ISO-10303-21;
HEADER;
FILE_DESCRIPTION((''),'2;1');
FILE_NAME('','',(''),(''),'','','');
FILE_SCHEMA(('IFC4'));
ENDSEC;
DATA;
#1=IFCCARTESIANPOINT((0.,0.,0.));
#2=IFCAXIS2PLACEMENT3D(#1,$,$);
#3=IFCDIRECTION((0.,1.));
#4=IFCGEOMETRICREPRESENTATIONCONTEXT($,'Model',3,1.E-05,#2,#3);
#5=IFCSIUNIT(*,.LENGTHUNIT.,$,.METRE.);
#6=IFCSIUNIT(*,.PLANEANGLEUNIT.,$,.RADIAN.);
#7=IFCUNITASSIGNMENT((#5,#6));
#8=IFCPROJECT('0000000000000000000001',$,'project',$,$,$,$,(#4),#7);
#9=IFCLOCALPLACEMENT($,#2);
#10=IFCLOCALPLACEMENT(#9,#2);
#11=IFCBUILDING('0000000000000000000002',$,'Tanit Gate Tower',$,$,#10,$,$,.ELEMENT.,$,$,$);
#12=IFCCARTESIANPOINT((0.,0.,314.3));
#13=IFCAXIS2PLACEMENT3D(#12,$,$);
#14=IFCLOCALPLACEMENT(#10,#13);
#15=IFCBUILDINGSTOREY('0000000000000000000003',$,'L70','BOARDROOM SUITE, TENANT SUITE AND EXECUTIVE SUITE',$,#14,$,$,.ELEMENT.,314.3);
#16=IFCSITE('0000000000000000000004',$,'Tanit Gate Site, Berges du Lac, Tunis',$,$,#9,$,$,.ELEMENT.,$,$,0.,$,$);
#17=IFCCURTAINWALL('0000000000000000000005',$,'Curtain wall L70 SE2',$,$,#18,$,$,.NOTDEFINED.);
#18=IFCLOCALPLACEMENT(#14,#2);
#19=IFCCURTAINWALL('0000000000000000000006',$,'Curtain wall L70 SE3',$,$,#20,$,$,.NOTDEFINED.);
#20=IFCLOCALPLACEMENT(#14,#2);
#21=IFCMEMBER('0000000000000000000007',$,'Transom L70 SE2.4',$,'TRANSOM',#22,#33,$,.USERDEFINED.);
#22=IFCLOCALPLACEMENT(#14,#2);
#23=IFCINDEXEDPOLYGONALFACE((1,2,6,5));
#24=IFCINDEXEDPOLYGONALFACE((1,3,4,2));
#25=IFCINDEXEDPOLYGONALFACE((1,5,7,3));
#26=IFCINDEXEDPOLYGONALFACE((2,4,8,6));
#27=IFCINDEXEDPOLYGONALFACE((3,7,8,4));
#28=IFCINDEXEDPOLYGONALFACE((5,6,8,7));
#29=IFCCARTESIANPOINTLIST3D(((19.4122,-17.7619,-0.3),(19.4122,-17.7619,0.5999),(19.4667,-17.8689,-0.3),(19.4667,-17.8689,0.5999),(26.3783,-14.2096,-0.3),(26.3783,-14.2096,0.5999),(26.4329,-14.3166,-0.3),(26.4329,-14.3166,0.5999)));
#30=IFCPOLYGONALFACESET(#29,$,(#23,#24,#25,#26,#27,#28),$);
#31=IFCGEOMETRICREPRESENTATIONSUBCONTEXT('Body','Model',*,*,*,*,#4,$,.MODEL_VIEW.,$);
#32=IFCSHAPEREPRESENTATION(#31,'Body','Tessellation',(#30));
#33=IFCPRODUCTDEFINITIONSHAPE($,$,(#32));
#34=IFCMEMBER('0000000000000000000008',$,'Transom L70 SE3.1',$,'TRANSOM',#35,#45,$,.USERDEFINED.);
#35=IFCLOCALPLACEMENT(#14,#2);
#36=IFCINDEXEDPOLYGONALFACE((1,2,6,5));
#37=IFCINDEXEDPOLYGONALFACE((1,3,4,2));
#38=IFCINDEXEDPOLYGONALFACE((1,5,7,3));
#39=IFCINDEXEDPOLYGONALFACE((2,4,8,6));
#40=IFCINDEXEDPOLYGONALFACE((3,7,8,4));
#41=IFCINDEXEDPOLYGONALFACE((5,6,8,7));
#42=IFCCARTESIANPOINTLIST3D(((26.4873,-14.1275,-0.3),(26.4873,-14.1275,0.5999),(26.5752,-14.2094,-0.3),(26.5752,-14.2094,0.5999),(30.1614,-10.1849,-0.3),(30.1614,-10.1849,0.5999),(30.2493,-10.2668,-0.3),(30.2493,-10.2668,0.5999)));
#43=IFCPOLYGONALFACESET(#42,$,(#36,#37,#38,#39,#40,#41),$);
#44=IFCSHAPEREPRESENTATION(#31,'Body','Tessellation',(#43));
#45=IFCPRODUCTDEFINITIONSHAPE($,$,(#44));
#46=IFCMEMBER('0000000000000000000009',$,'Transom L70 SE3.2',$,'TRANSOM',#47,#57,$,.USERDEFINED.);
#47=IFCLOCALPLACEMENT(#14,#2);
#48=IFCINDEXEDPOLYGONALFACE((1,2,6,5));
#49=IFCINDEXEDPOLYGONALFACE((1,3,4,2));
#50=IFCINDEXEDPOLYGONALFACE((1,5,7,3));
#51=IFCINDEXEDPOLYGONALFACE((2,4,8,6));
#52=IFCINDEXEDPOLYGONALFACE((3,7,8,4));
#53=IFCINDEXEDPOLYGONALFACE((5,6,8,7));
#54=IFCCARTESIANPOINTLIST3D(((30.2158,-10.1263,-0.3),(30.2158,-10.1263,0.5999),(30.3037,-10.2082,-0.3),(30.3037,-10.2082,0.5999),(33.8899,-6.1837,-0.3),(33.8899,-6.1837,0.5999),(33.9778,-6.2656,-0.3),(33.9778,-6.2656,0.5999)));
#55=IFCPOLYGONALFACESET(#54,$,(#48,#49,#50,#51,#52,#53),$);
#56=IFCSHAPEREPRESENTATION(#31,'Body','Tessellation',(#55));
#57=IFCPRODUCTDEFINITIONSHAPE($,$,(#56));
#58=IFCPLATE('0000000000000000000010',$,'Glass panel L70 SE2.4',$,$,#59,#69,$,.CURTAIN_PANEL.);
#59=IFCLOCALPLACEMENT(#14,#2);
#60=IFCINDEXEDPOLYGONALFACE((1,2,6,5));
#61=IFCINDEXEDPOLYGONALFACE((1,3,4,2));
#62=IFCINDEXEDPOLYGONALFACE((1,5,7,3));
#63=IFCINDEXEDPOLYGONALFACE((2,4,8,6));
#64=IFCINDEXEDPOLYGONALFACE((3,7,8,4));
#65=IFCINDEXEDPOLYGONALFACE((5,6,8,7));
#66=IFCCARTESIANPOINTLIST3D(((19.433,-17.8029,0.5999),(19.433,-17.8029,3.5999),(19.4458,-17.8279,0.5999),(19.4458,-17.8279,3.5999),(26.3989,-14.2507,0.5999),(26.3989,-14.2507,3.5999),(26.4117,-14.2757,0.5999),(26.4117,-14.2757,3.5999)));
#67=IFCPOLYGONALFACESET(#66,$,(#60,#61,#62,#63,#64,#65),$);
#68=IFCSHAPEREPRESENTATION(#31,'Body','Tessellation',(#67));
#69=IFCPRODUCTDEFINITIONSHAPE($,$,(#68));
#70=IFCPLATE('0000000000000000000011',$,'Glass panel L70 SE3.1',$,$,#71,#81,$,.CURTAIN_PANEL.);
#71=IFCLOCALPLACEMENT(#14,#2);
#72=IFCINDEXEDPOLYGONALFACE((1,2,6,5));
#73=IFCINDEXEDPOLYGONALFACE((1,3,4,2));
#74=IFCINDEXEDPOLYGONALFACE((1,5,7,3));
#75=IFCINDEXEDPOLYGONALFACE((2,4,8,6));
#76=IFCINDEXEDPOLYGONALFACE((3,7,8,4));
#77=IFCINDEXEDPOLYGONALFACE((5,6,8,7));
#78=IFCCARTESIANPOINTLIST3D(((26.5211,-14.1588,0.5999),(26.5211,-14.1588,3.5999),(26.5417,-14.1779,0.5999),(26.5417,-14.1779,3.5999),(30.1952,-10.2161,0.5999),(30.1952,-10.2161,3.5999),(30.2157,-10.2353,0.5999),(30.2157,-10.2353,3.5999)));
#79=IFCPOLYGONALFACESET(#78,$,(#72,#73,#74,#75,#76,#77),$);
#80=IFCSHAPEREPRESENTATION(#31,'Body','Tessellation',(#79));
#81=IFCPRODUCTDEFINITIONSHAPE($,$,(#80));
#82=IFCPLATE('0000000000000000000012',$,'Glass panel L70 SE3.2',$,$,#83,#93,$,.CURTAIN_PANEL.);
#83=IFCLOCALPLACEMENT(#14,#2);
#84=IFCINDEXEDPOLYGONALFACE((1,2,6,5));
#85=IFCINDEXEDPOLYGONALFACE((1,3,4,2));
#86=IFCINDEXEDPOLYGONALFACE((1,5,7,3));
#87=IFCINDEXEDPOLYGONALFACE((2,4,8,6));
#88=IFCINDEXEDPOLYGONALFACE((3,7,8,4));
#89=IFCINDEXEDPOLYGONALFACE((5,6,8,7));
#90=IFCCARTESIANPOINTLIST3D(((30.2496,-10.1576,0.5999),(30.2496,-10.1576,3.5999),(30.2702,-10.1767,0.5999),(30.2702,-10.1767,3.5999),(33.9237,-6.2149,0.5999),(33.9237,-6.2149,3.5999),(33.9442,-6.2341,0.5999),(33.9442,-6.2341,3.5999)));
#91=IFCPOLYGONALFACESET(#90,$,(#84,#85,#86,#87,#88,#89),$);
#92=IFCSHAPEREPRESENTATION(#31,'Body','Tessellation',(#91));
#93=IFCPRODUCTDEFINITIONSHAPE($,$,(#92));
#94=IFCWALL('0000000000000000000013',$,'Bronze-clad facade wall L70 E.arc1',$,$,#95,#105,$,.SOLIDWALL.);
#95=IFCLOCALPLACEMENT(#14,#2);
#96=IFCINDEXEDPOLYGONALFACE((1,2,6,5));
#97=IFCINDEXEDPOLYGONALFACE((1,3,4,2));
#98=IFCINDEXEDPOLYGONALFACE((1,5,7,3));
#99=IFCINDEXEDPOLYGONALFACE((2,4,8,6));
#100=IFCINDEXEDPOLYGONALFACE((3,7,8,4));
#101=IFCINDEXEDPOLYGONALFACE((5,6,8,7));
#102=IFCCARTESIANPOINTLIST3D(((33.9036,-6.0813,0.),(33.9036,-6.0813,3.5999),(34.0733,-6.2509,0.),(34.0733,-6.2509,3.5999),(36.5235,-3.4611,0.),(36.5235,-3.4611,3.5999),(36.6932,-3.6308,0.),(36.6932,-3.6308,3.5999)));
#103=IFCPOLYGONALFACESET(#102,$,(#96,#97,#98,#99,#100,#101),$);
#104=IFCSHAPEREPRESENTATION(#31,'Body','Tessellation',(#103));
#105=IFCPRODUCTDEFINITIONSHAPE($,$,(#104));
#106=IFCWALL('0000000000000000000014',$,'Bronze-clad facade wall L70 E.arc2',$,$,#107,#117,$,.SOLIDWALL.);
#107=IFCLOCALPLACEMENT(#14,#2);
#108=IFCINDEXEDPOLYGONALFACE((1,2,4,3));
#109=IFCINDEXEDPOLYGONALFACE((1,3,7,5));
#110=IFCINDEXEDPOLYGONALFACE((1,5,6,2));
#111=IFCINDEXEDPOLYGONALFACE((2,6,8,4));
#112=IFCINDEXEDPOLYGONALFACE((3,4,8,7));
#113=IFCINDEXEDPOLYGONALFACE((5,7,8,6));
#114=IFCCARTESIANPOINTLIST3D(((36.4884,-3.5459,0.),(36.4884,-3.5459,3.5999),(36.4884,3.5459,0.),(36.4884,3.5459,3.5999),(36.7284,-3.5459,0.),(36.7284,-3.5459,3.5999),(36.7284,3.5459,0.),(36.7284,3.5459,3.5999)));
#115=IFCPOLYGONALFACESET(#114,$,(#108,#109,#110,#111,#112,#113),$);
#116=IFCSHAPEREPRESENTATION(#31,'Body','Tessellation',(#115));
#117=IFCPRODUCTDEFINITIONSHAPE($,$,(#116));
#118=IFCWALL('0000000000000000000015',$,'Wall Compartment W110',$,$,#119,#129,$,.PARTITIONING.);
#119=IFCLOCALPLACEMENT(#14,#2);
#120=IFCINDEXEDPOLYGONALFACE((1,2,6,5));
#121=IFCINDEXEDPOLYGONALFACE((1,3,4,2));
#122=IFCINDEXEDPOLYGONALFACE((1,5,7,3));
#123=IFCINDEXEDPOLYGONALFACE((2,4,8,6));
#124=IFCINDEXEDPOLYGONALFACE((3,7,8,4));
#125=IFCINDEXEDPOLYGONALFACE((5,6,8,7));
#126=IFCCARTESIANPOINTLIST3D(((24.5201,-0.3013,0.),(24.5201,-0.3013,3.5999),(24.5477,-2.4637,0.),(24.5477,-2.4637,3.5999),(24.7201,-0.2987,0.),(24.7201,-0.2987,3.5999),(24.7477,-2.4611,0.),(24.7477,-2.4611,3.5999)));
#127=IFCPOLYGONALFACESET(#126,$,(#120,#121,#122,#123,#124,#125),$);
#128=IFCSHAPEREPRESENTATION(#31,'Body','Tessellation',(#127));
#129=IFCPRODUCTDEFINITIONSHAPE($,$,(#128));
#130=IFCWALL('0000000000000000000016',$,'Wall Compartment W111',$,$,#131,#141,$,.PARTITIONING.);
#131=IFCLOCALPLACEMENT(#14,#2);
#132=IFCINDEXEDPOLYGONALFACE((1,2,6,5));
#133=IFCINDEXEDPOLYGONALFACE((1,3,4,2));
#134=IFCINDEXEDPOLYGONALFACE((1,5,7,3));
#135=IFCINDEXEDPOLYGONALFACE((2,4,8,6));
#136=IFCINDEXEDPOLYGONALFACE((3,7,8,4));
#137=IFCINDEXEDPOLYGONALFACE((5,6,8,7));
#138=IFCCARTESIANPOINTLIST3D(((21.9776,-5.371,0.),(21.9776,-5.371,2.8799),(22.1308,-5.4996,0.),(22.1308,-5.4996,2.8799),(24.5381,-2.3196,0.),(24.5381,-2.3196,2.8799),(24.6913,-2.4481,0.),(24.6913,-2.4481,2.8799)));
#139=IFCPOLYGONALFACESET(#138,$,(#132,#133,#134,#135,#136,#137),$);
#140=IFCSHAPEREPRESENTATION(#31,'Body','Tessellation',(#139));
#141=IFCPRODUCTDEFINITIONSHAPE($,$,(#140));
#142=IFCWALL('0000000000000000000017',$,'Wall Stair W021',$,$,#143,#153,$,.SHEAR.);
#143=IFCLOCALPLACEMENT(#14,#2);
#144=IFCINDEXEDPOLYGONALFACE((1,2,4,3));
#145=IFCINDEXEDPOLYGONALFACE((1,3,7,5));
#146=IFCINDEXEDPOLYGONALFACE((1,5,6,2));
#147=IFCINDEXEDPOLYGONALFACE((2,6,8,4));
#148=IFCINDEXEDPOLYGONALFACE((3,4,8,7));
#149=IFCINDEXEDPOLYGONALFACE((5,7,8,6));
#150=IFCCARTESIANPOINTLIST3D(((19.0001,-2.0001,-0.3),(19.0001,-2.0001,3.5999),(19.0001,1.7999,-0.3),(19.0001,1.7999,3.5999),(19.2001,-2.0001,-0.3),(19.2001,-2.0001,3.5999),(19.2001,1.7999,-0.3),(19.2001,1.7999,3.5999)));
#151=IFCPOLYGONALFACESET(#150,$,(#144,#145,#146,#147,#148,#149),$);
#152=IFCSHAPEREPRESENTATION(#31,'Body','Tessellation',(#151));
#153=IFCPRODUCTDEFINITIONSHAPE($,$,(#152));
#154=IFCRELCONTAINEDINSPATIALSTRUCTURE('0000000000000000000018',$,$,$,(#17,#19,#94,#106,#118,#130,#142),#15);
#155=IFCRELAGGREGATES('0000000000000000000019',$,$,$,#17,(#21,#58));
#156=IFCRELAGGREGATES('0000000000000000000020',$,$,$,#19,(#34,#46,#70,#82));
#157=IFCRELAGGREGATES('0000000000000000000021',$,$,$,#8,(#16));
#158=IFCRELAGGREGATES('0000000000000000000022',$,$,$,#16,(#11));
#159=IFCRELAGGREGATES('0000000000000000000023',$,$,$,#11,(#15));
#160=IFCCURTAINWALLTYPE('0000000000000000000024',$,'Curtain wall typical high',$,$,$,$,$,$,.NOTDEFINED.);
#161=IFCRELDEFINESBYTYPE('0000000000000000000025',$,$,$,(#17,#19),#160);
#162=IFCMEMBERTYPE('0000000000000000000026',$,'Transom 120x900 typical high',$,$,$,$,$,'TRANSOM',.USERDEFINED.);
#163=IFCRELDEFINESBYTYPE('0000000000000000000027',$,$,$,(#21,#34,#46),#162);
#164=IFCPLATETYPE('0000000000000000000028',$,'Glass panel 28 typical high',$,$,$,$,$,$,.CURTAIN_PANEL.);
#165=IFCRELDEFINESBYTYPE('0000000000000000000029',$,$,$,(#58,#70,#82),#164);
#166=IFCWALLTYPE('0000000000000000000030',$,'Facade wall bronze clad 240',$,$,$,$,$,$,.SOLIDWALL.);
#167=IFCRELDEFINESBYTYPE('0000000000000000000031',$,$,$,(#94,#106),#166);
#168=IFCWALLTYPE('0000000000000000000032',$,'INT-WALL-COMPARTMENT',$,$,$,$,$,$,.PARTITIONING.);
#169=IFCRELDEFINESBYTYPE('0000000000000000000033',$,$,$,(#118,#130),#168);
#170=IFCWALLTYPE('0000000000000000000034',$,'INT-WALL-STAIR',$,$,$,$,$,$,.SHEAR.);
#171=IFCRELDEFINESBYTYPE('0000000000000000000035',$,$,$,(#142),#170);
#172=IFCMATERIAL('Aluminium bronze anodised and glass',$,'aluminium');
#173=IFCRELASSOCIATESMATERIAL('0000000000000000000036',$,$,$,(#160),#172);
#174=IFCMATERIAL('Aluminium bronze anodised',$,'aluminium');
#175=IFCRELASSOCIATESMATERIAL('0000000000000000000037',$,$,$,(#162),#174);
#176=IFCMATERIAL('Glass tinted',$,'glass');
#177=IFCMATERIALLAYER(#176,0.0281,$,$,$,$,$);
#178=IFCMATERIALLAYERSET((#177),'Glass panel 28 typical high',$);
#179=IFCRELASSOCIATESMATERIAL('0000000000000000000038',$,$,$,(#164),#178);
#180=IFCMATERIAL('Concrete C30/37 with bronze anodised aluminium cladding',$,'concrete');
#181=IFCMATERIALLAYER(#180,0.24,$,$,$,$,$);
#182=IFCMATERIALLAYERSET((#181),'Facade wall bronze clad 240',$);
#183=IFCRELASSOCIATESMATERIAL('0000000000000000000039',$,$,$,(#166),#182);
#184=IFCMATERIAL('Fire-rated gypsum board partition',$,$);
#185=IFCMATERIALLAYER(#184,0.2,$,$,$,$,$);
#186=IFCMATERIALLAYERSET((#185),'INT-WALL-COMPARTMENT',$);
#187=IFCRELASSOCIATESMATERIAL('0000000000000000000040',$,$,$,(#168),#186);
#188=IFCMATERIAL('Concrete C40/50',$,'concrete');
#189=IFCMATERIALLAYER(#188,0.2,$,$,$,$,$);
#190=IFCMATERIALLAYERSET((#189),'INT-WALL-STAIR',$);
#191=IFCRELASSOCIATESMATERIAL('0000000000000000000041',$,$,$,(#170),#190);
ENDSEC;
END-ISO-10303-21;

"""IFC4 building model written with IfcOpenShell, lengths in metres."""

from ifc_helpers import new_model, si_unit, direction, frame, frame_2d, origin, origin_2d, place, context, subcontext, project, spatial, rectangle, extrude, material, layer, layer_set, material_profile, profile_set, type_object, element, aggregate, save


model = new_model("IFC4")

# Units and contexts
model_context = context("Model", 3, precision=1e-05, world=origin(), true_north=direction((0.0, 1.0)))
body_context = subcontext(model_context, "Body", "Model", "MODEL_VIEW")
ifc_project = project(units=[si_unit("LENGTHUNIT", "METRE"), si_unit("PLANEANGLEUNIT", "RADIAN")], contexts=[model_context])

# Site, building, storey
site_placement = place(None, origin())
site = spatial("IfcSite", under=ifc_project, at=site_placement, Name="Tanit Gate Site, Berges du Lac, Tunis", CompositionType="ELEMENT", RefElevation=0.0)
building_placement = place(site_placement, origin())
building = spatial("IfcBuilding", under=site, at=building_placement, Name="Tanit Gate Tower", CompositionType="ELEMENT")
storey_placement = place(building_placement, frame((0.0, 0.0, 314.3)))
storey = spatial("IfcBuildingStorey", under=building, at=storey_placement, Name="L70", Description="BOARDROOM SUITE, TENANT SUITE AND EXECUTIVE SUITE", CompositionType="ELEMENT", Elevation=314.3)

# Curtain wall
ifc_material_1 = material(Name="Aluminium bronze anodised and glass", Category="aluminium")
curtain_wall_type = type_object("IfcCurtainWallType", Name="Curtain wall typical high", PredefinedType="NOTDEFINED", material=ifc_material_1)
curtain_wall_1_placement = place(storey_placement, origin())
curtain_wall_1 = element("IfcCurtainWall", 1, at=curtain_wall_1_placement, inside=storey, type_object=curtain_wall_type, Name="Curtain wall L70 SE2", PredefinedType="NOTDEFINED")

# Curtain wall
curtain_wall_2_placement = place(storey_placement, origin())
curtain_wall_2 = element("IfcCurtainWall", 2, at=curtain_wall_2_placement, inside=storey, type_object=curtain_wall_type, Name="Curtain wall L70 SE3", PredefinedType="NOTDEFINED")

# Members
ifc_material_2 = material(Name="Aluminium bronze anodised", Category="aluminium")
ifc_material_profile_1 = material_profile(ifc_material_2, rectangle(XDim=0.1201, YDim=0.8999, at=origin_2d()), Name="120x900 bronze transom")
ifc_profile_set_1 = profile_set([ifc_material_profile_1], Name="Aluminium bronze anodised")
member_type_1 = type_object("IfcMemberType", Name="Transom 120x900 typical high", ElementType="TRANSOM", PredefinedType="USERDEFINED", material=ifc_profile_set_1)
member_1_placement = place(storey_placement, frame((19.4395, -17.8154, 0.1499), z_axis=(0.890859, 0.454281, 0.0), x_axis=(-0.454281, 0.890859, 0.0)))
member_1 = element("IfcMember", 3, at=member_1_placement, type_object=member_type_1, Name="Transom L70 SE2.4", ObjectType="TRANSOM", PredefinedType="USERDEFINED", context=body_context, shape_type="SweptSolid", body=[
    extrude(rectangle(XDim=0.1201, YDim=0.8999, at=origin_2d()), origin(), (0.0, 0.0, 1.0), 7.8196),
])
member_2_placement = place(storey_placement, frame((26.5312, -14.1685, 0.1499), z_axis=(0.681752, 0.731584, 0.0), x_axis=(-0.731584, 0.681752, 0.0)))
member_2 = element("IfcMember", 4, at=member_2_placement, type_object=member_type_1, Name="Transom L70 SE3.1", ObjectType="TRANSOM", PredefinedType="USERDEFINED", context=body_context, shape_type="SweptSolid", body=[
    extrude(rectangle(XDim=0.1201, YDim=0.8999, at=origin_2d()), origin(), (0.0, 0.0, 1.0), 5.3892),
])
member_3_placement = place(storey_placement, frame((30.2598, -10.1672, 0.1499), z_axis=(0.681752, 0.731584, 0.0), x_axis=(-0.731584, 0.681752, 0.0)))
member_3 = element("IfcMember", 5, at=member_3_placement, type_object=member_type_1, Name="Transom L70 SE3.2", ObjectType="TRANSOM", PredefinedType="USERDEFINED", context=body_context, shape_type="SweptSolid", body=[
    extrude(rectangle(XDim=0.1201, YDim=0.8999, at=origin_2d()), origin(), (0.0, 0.0, 1.0), 5.3892),
])

# Plates
ifc_material_3 = material(Name="Glass tinted", Category="glass")
ifc_layer_1 = layer(ifc_material_3, 0.0281)
ifc_layer_set_1 = layer_set([ifc_layer_1], Name="Glass panel 28 typical high")
plate_type = type_object("IfcPlateType", Name="Glass panel 28 typical high", PredefinedType="CURTAIN_PANEL", material=ifc_layer_set_1)
plate_1_placement = place(storey_placement, frame((22.9224, -16.0393, 0.5999), z_axis=(0.0, 0.0, 1.0), x_axis=(0.890855, 0.454288, 0.0)))
plate_1 = element("IfcPlate", 6, at=plate_1_placement, type_object=plate_type, Name="Glass panel L70 SE2.4", PredefinedType="CURTAIN_PANEL", context=body_context, shape_type="SweptSolid", body=[
    extrude(rectangle(XDim=7.8193, YDim=0.0281, at=origin_2d()), origin(), (0.0, 0.0, 1.0), 3.0),
])
aggregate(curtain_wall_1, [member_1, plate_1])
plate_2_placement = place(storey_placement, frame((28.3684, -12.197, 0.5999), z_axis=(0.0, 0.0, 1.0), x_axis=(0.681748, 0.731587, 0.0)))
plate_2 = element("IfcPlate", 7, at=plate_2_placement, type_object=plate_type, Name="Glass panel L70 SE3.1", PredefinedType="CURTAIN_PANEL", context=body_context, shape_type="SweptSolid", body=[
    extrude(rectangle(XDim=5.3892, YDim=0.0281, at=origin_2d()), origin(), (0.0, 0.0, 1.0), 3.0),
])
plate_3_placement = place(storey_placement, frame((32.0969, -8.1958, 0.5999), z_axis=(0.0, 0.0, 1.0), x_axis=(0.681748, 0.731587, 0.0)))
plate_3 = element("IfcPlate", 8, at=plate_3_placement, type_object=plate_type, Name="Glass panel L70 SE3.2", PredefinedType="CURTAIN_PANEL", context=body_context, shape_type="SweptSolid", body=[
    extrude(rectangle(XDim=5.3892, YDim=0.0281, at=origin_2d()), origin(), (0.0, 0.0, 1.0), 3.0),
])
aggregate(curtain_wall_2, [member_2, member_3, plate_2, plate_3])

# Walls
ifc_material_4 = material(Name="Concrete C30/37 with bronze anodised aluminium cladding", Category="concrete")
ifc_layer_2 = layer(ifc_material_4, 0.24)
ifc_layer_set_2 = layer_set([ifc_layer_2], Name="Facade wall bronze clad 240")
wall_type_1 = type_object("IfcWallType", Name="Facade wall bronze clad 240", PredefinedType="SOLIDWALL", material=ifc_layer_set_2)
wall_1_placement = place(storey_placement, frame((33.9885, -6.166, 0.0), z_axis=(0.0, 0.0, 1.0), x_axis=(0.707074, 0.70714, 0.0)))
element("IfcWall", 9, at=wall_1_placement, inside=storey, type_object=wall_type_1, Name="Bronze-clad facade wall L70 E.arc1", PredefinedType="SOLIDWALL", context=body_context, shape_type="SweptSolid", body=[
    extrude(rectangle(XDim=3.7053, YDim=0.24, at=frame_2d((1.8525, 0.0))), origin(), (0.0, 0.0, 1.0), 3.5999),
])
wall_2_placement = place(storey_placement, frame((36.6084, -3.5459, 0.0), z_axis=(0.0, 0.0, 1.0), x_axis=(0.0, 1.0, 0.0)))
element("IfcWall", 10, at=wall_2_placement, inside=storey, type_object=wall_type_1, Name="Bronze-clad facade wall L70 E.arc2", PredefinedType="SOLIDWALL", context=body_context, shape_type="SweptSolid", body=[
    extrude(rectangle(XDim=7.0918, YDim=0.24, at=frame_2d((3.5459, 0.0))), origin(), (0.0, 0.0, 1.0), 3.5999),
])
ifc_material_5 = material(Name="Fire-rated gypsum board partition")
ifc_layer_3 = layer(ifc_material_5, 0.2)
ifc_layer_set_3 = layer_set([ifc_layer_3], Name="INT-WALL-COMPARTMENT")
wall_type_2 = type_object("IfcWallType", Name="INT-WALL-COMPARTMENT", PredefinedType="PARTITIONING", material=ifc_layer_set_3)
wall_3_placement = place(storey_placement, frame((24.6477, -2.4624, 0.0), z_axis=(0.0, 0.0, 1.0), x_axis=(-0.012757, 0.999919, 0.0)))
element("IfcWall", 11, at=wall_3_placement, inside=storey, type_object=wall_type_2, Name="Wall Compartment W110", PredefinedType="PARTITIONING", context=body_context, shape_type="SweptSolid", body=[
    extrude(rectangle(XDim=2.1626, YDim=0.2, at=frame_2d((1.0813, 0.0))), origin(), (0.0, 0.0, 1.0), 3.5999),
])
wall_4_placement = place(storey_placement, frame((22.0542, -5.4353, 0.0), z_axis=(0.0, 0.0, 1.0), x_axis=(0.642791, 0.766042, 0.0)))
element("IfcWall", 12, at=wall_4_placement, inside=storey, type_object=wall_type_2, Name="Wall Compartment W111", PredefinedType="PARTITIONING", context=body_context, shape_type="SweptSolid", body=[
    extrude(rectangle(XDim=3.9834, YDim=0.2, at=frame_2d((1.9917, 0.0))), origin(), (0.0, 0.0, 1.0), 2.8799),
])
ifc_material_6 = material(Name="Concrete C40/50", Category="concrete")
ifc_layer_4 = layer(ifc_material_6, 0.2)
ifc_layer_set_4 = layer_set([ifc_layer_4], Name="INT-WALL-STAIR")
wall_type_3 = type_object("IfcWallType", Name="INT-WALL-STAIR", PredefinedType="SHEAR", material=ifc_layer_set_4)
wall_5_placement = place(storey_placement, frame((19.1001, -2.0, -0.3), z_axis=(0.0, 0.0, 1.0), x_axis=(0.0, 1.0, 0.0)))
element("IfcWall", 13, at=wall_5_placement, inside=storey, type_object=wall_type_3, Name="Wall Stair W021", PredefinedType="SHEAR", context=body_context, shape_type="SweptSolid", body=[
    extrude(rectangle(XDim=3.8, YDim=0.2, at=frame_2d((1.8999, 0.0))), origin(), (0.0, 0.0, 1.0), 3.8999),
])

save(model, "model.ifc")
